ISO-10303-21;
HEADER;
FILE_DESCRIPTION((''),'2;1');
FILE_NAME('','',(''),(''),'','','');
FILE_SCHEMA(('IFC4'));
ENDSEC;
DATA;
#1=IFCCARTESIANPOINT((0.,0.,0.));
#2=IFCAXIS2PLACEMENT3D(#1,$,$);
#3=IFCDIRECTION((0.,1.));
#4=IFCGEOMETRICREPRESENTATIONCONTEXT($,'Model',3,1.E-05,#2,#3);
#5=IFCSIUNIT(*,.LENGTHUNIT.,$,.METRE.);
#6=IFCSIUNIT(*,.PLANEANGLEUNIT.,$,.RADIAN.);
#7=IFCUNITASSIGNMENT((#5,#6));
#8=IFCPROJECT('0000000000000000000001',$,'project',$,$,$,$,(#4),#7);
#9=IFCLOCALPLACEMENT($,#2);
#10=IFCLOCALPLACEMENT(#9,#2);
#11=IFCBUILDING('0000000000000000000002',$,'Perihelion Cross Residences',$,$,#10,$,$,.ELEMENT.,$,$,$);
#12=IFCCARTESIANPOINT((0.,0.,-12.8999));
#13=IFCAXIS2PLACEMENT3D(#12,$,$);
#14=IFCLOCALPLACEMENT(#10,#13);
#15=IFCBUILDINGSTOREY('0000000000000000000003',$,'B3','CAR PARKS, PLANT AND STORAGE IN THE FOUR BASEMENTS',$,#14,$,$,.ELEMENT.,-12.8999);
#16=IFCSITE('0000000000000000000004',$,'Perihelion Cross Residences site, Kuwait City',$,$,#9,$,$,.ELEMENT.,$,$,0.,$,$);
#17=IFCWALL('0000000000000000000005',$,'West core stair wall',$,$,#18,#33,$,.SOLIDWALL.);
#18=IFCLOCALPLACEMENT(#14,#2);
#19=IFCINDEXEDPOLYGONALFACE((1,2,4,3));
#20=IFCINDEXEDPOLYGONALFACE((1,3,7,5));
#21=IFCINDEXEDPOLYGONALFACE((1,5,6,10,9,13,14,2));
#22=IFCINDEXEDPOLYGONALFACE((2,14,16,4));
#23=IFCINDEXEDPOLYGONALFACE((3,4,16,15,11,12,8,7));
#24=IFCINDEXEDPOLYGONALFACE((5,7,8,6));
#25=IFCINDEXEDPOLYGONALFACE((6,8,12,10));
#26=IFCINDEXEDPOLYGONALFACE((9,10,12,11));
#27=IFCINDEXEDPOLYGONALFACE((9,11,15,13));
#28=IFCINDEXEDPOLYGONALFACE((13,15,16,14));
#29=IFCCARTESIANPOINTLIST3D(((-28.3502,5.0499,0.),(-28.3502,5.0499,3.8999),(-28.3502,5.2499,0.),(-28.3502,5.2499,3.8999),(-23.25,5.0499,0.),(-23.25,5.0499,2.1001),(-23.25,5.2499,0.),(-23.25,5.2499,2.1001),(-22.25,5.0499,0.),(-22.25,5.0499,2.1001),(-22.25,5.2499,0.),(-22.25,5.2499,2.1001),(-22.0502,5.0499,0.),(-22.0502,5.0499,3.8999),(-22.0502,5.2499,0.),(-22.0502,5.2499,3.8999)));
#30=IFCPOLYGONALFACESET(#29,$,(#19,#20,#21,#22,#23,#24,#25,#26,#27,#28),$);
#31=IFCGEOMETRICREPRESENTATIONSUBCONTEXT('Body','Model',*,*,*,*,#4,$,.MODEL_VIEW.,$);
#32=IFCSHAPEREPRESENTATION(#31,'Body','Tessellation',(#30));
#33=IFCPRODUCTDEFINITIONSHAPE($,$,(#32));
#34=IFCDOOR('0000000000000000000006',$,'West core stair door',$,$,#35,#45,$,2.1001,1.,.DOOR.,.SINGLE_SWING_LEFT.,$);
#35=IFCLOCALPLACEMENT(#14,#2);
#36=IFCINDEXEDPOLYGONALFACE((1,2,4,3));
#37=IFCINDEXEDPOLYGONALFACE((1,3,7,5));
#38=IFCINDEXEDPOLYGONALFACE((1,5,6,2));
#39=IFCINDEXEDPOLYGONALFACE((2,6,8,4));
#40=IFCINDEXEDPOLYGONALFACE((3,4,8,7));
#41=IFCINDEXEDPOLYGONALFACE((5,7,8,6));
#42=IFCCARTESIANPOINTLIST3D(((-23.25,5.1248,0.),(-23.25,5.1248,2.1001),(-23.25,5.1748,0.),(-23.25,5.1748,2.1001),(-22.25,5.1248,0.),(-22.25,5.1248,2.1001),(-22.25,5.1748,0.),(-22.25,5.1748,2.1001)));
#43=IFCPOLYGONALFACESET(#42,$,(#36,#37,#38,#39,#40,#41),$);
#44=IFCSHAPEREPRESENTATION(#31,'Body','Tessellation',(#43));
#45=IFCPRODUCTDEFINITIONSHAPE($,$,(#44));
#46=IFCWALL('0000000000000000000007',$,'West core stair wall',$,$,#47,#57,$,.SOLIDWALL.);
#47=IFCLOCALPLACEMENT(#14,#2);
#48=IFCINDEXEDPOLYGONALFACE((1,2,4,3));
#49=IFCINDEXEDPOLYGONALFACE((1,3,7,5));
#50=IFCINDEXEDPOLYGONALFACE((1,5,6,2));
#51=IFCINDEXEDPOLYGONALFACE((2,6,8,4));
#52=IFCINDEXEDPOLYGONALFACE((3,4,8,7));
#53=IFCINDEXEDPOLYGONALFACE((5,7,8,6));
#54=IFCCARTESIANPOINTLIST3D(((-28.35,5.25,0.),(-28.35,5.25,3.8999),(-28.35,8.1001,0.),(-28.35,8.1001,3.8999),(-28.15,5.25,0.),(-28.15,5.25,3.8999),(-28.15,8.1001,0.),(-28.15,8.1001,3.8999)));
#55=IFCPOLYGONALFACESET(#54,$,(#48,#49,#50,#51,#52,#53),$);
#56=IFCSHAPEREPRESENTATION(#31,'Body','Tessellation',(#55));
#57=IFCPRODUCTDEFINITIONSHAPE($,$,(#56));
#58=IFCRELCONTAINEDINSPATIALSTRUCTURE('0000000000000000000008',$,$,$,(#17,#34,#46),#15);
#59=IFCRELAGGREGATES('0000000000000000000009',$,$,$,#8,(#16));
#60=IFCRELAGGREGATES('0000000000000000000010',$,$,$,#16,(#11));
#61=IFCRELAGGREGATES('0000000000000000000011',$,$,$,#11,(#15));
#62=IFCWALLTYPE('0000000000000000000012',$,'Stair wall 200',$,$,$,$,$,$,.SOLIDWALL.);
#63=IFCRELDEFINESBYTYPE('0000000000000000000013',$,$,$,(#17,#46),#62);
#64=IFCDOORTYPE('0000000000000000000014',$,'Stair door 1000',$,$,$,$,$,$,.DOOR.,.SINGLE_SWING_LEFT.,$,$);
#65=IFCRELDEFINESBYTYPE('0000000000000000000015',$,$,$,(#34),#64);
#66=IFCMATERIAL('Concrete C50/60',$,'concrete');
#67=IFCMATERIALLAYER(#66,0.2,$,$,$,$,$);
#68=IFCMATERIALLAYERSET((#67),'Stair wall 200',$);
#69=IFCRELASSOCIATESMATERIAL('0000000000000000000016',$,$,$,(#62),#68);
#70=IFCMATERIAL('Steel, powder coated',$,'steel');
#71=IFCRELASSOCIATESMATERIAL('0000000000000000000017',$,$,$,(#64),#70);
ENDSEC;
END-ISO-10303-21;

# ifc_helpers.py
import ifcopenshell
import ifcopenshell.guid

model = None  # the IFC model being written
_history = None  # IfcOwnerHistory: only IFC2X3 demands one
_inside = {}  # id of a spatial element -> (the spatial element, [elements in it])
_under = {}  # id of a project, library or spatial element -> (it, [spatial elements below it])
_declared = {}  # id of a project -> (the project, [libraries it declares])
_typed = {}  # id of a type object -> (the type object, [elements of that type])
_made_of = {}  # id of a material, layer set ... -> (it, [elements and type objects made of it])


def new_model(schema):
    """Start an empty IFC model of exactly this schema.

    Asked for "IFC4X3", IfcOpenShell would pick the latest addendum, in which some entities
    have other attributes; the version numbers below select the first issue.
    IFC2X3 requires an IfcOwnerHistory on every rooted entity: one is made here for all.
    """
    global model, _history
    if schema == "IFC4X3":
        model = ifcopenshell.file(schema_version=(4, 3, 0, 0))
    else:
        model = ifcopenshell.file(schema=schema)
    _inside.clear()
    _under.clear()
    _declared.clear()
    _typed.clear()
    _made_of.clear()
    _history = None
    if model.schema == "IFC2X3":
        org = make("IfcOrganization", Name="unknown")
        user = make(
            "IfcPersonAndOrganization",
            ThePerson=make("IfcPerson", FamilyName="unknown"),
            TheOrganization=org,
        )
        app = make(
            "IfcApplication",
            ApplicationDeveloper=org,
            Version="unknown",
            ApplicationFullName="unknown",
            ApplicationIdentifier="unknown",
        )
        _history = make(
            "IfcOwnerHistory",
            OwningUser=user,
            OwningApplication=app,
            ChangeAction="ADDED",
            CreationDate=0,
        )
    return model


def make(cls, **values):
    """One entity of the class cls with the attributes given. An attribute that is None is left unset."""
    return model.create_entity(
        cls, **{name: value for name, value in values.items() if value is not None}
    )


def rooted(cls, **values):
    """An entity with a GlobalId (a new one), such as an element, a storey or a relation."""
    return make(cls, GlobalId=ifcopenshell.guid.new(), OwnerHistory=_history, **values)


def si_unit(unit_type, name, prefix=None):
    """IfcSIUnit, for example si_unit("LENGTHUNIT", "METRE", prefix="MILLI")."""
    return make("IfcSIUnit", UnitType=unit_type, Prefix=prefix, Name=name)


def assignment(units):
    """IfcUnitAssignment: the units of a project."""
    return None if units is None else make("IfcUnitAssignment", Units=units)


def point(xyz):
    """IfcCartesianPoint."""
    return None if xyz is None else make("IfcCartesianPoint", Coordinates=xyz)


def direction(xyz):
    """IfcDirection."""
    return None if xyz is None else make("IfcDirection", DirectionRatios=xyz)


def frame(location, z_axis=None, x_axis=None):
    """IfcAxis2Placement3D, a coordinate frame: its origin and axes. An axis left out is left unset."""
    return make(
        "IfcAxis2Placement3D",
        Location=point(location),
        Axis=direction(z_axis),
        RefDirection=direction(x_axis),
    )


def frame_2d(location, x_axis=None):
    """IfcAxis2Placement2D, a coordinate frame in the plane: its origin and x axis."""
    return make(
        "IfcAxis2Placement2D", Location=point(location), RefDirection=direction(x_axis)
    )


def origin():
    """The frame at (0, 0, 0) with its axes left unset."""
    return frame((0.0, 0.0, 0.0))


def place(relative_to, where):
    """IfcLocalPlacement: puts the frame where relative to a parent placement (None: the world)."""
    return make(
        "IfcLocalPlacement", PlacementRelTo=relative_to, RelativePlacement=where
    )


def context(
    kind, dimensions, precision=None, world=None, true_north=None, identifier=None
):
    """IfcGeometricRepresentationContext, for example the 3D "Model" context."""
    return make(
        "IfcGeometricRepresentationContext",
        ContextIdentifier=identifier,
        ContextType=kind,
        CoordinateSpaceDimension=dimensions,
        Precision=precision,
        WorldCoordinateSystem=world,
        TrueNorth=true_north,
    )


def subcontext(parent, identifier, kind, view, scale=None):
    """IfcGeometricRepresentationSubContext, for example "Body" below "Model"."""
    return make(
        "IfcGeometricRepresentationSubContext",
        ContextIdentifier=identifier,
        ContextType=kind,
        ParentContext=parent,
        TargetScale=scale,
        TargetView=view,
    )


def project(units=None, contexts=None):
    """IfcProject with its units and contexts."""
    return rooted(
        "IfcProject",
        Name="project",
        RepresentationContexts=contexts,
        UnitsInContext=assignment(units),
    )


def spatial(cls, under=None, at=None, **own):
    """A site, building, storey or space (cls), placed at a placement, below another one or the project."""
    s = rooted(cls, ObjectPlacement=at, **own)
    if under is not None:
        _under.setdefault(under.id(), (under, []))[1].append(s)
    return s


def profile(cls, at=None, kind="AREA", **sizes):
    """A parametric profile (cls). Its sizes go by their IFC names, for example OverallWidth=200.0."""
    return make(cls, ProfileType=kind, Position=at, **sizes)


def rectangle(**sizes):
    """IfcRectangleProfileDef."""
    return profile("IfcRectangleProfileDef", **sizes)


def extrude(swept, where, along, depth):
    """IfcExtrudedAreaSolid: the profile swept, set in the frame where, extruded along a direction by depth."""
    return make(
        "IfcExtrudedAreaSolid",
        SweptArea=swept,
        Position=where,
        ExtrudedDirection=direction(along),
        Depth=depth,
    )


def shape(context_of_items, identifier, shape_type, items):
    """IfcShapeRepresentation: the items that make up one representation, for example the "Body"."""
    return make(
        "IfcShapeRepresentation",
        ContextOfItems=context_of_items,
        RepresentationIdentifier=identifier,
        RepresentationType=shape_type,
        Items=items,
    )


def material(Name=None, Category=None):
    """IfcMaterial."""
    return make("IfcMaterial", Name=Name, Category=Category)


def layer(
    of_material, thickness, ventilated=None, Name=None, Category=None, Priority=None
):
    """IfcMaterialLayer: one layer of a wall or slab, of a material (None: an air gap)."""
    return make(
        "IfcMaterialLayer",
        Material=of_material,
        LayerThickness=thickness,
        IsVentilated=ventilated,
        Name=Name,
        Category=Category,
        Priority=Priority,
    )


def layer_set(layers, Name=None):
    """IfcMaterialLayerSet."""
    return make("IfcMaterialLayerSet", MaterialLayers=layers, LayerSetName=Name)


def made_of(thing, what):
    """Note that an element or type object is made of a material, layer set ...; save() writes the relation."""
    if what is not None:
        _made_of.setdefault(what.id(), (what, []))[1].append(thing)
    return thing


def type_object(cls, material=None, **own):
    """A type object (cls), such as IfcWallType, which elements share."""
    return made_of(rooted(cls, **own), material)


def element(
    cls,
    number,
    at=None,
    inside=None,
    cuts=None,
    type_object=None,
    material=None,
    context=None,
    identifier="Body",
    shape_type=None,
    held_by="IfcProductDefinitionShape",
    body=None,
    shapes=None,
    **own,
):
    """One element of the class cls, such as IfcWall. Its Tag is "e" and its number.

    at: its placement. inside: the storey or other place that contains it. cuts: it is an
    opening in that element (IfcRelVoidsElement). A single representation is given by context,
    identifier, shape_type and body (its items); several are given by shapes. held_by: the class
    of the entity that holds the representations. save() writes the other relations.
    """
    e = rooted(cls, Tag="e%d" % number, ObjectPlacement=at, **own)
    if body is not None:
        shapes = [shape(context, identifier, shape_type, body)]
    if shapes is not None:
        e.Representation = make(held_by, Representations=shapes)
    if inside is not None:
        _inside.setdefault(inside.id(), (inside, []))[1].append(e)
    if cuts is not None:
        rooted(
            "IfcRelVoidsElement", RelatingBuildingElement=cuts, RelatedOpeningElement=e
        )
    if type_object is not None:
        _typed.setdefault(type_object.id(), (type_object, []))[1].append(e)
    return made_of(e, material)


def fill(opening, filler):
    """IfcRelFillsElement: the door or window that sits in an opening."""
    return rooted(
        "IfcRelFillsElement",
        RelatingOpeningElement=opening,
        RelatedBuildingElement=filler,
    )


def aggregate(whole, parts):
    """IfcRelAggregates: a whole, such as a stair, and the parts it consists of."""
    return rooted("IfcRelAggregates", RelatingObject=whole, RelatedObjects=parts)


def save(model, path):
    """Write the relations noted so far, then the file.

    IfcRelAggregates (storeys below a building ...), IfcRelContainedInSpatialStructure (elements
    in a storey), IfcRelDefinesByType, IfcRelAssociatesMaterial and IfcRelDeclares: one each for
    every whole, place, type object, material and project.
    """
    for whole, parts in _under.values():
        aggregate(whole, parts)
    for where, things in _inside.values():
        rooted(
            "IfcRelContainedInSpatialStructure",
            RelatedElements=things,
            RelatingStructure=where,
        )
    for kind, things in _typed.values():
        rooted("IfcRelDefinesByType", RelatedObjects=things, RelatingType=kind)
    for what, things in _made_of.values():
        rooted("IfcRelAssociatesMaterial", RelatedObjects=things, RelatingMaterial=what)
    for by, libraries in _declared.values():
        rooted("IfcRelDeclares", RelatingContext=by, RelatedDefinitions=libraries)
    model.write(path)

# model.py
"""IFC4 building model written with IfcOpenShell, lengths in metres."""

from ifc_helpers import new_model, si_unit, direction, frame, frame_2d, origin, place, context, subcontext, project, spatial, rectangle, extrude, material, layer, layer_set, type_object, element, fill, save


model = new_model("IFC4")

# Units and contexts
model_context = context("Model", 3, precision=1e-05, world=origin(), true_north=direction((0.0, 1.0)))
body_context = subcontext(model_context, "Body", "Model", "MODEL_VIEW")
ifc_project = project(units=[si_unit("LENGTHUNIT", "METRE"), si_unit("PLANEANGLEUNIT", "RADIAN")], contexts=[model_context])

# Site, building, storey
site_placement = place(None, origin())
site = spatial("IfcSite", under=ifc_project, at=site_placement, Name="Perihelion Cross Residences site, Kuwait City", CompositionType="ELEMENT", RefElevation=0.0)
building_placement = place(site_placement, origin())
building = spatial("IfcBuilding", under=site, at=building_placement, Name="Perihelion Cross Residences", CompositionType="ELEMENT")
storey_placement = place(building_placement, frame((0.0, 0.0, -12.8999)))
storey = spatial("IfcBuildingStorey", under=building, at=storey_placement, Name="B3", Description="CAR PARKS, PLANT AND STORAGE IN THE FOUR BASEMENTS", CompositionType="ELEMENT", Elevation=-12.8999)

# Wall, opening, door
ifc_material_1 = material(Name="Concrete C50/60", Category="concrete")
ifc_layer_1 = layer(ifc_material_1, 0.2)
ifc_layer_set_1 = layer_set([ifc_layer_1], Name="Stair wall 200")
wall_type_1 = type_object("IfcWallType", Name="Stair wall 200", PredefinedType="SOLIDWALL", material=ifc_layer_set_1)
wall_1_placement = place(storey_placement, frame((-28.3501, 5.1499, 0.0), z_axis=(0.0, 0.0, 1.0), x_axis=(1.0, 0.0, 0.0)))
wall_1 = element("IfcWall", 1, at=wall_1_placement, inside=storey, type_object=wall_type_1, Name="West core stair wall", PredefinedType="SOLIDWALL", context=body_context, shape_type="SweptSolid", body=[
    extrude(rectangle(XDim=6.3, YDim=0.2, at=frame_2d((3.1499, 0.0))), origin(), (0.0, 0.0, 1.0), 3.8999),
])
opening_1_placement = place(wall_1_placement, frame((5.1001, 0.0, 0.0)))
opening_1 = element("IfcOpeningElement", 2, at=opening_1_placement, cuts=wall_1, PredefinedType="OPENING", context=body_context, shape_type="SweptSolid", body=[
    extrude(rectangle(XDim=1.0, YDim=2.1001, at=frame_2d((0.5, 1.05))), frame((0.0, 0.1099, 0.0), z_axis=(0.0, -1.0, 0.0), x_axis=(1.0, 0.0, 0.0)), (0.0, 0.0, 1.0), 0.22),
])
ifc_material_2 = material(Name="Steel, powder coated", Category="steel")
door_type_1 = type_object("IfcDoorType", Name="Stair door 1000", OperationType="SINGLE_SWING_LEFT", PredefinedType="DOOR", material=ifc_material_2)
door_1_placement = place(opening_1_placement, origin())
door_1 = element("IfcDoor", 3, at=door_1_placement, inside=storey, type_object=door_type_1, Name="West core stair door", OperationType="SINGLE_SWING_LEFT", OverallHeight=2.1001, OverallWidth=1.0, PredefinedType="DOOR", context=body_context, shape_type="SweptSolid", body=[
    extrude(rectangle(XDim=1.0, YDim=2.1001, at=frame_2d((0.5, 1.05))), frame((0.0, 0.0249, 0.0), z_axis=(0.0, -1.0, 0.0), x_axis=(1.0, 0.0, 0.0)), (0.0, 0.0, 1.0), 0.05),
])
fill(opening_1, door_1)

# Wall
wall_2_placement = place(storey_placement, frame((-28.25, 5.25, 0.0), z_axis=(0.0, 0.0, 1.0), x_axis=(0.0, 1.0, 0.0)))
element("IfcWall", 4, at=wall_2_placement, inside=storey, type_object=wall_type_1, Name="West core stair wall", PredefinedType="SOLIDWALL", context=body_context, shape_type="SweptSolid", body=[
    extrude(rectangle(XDim=2.8501, YDim=0.2, at=frame_2d((1.425, 0.0))), origin(), (0.0, 0.0, 1.0), 3.8999),
])

save(model, "model.ifc")
